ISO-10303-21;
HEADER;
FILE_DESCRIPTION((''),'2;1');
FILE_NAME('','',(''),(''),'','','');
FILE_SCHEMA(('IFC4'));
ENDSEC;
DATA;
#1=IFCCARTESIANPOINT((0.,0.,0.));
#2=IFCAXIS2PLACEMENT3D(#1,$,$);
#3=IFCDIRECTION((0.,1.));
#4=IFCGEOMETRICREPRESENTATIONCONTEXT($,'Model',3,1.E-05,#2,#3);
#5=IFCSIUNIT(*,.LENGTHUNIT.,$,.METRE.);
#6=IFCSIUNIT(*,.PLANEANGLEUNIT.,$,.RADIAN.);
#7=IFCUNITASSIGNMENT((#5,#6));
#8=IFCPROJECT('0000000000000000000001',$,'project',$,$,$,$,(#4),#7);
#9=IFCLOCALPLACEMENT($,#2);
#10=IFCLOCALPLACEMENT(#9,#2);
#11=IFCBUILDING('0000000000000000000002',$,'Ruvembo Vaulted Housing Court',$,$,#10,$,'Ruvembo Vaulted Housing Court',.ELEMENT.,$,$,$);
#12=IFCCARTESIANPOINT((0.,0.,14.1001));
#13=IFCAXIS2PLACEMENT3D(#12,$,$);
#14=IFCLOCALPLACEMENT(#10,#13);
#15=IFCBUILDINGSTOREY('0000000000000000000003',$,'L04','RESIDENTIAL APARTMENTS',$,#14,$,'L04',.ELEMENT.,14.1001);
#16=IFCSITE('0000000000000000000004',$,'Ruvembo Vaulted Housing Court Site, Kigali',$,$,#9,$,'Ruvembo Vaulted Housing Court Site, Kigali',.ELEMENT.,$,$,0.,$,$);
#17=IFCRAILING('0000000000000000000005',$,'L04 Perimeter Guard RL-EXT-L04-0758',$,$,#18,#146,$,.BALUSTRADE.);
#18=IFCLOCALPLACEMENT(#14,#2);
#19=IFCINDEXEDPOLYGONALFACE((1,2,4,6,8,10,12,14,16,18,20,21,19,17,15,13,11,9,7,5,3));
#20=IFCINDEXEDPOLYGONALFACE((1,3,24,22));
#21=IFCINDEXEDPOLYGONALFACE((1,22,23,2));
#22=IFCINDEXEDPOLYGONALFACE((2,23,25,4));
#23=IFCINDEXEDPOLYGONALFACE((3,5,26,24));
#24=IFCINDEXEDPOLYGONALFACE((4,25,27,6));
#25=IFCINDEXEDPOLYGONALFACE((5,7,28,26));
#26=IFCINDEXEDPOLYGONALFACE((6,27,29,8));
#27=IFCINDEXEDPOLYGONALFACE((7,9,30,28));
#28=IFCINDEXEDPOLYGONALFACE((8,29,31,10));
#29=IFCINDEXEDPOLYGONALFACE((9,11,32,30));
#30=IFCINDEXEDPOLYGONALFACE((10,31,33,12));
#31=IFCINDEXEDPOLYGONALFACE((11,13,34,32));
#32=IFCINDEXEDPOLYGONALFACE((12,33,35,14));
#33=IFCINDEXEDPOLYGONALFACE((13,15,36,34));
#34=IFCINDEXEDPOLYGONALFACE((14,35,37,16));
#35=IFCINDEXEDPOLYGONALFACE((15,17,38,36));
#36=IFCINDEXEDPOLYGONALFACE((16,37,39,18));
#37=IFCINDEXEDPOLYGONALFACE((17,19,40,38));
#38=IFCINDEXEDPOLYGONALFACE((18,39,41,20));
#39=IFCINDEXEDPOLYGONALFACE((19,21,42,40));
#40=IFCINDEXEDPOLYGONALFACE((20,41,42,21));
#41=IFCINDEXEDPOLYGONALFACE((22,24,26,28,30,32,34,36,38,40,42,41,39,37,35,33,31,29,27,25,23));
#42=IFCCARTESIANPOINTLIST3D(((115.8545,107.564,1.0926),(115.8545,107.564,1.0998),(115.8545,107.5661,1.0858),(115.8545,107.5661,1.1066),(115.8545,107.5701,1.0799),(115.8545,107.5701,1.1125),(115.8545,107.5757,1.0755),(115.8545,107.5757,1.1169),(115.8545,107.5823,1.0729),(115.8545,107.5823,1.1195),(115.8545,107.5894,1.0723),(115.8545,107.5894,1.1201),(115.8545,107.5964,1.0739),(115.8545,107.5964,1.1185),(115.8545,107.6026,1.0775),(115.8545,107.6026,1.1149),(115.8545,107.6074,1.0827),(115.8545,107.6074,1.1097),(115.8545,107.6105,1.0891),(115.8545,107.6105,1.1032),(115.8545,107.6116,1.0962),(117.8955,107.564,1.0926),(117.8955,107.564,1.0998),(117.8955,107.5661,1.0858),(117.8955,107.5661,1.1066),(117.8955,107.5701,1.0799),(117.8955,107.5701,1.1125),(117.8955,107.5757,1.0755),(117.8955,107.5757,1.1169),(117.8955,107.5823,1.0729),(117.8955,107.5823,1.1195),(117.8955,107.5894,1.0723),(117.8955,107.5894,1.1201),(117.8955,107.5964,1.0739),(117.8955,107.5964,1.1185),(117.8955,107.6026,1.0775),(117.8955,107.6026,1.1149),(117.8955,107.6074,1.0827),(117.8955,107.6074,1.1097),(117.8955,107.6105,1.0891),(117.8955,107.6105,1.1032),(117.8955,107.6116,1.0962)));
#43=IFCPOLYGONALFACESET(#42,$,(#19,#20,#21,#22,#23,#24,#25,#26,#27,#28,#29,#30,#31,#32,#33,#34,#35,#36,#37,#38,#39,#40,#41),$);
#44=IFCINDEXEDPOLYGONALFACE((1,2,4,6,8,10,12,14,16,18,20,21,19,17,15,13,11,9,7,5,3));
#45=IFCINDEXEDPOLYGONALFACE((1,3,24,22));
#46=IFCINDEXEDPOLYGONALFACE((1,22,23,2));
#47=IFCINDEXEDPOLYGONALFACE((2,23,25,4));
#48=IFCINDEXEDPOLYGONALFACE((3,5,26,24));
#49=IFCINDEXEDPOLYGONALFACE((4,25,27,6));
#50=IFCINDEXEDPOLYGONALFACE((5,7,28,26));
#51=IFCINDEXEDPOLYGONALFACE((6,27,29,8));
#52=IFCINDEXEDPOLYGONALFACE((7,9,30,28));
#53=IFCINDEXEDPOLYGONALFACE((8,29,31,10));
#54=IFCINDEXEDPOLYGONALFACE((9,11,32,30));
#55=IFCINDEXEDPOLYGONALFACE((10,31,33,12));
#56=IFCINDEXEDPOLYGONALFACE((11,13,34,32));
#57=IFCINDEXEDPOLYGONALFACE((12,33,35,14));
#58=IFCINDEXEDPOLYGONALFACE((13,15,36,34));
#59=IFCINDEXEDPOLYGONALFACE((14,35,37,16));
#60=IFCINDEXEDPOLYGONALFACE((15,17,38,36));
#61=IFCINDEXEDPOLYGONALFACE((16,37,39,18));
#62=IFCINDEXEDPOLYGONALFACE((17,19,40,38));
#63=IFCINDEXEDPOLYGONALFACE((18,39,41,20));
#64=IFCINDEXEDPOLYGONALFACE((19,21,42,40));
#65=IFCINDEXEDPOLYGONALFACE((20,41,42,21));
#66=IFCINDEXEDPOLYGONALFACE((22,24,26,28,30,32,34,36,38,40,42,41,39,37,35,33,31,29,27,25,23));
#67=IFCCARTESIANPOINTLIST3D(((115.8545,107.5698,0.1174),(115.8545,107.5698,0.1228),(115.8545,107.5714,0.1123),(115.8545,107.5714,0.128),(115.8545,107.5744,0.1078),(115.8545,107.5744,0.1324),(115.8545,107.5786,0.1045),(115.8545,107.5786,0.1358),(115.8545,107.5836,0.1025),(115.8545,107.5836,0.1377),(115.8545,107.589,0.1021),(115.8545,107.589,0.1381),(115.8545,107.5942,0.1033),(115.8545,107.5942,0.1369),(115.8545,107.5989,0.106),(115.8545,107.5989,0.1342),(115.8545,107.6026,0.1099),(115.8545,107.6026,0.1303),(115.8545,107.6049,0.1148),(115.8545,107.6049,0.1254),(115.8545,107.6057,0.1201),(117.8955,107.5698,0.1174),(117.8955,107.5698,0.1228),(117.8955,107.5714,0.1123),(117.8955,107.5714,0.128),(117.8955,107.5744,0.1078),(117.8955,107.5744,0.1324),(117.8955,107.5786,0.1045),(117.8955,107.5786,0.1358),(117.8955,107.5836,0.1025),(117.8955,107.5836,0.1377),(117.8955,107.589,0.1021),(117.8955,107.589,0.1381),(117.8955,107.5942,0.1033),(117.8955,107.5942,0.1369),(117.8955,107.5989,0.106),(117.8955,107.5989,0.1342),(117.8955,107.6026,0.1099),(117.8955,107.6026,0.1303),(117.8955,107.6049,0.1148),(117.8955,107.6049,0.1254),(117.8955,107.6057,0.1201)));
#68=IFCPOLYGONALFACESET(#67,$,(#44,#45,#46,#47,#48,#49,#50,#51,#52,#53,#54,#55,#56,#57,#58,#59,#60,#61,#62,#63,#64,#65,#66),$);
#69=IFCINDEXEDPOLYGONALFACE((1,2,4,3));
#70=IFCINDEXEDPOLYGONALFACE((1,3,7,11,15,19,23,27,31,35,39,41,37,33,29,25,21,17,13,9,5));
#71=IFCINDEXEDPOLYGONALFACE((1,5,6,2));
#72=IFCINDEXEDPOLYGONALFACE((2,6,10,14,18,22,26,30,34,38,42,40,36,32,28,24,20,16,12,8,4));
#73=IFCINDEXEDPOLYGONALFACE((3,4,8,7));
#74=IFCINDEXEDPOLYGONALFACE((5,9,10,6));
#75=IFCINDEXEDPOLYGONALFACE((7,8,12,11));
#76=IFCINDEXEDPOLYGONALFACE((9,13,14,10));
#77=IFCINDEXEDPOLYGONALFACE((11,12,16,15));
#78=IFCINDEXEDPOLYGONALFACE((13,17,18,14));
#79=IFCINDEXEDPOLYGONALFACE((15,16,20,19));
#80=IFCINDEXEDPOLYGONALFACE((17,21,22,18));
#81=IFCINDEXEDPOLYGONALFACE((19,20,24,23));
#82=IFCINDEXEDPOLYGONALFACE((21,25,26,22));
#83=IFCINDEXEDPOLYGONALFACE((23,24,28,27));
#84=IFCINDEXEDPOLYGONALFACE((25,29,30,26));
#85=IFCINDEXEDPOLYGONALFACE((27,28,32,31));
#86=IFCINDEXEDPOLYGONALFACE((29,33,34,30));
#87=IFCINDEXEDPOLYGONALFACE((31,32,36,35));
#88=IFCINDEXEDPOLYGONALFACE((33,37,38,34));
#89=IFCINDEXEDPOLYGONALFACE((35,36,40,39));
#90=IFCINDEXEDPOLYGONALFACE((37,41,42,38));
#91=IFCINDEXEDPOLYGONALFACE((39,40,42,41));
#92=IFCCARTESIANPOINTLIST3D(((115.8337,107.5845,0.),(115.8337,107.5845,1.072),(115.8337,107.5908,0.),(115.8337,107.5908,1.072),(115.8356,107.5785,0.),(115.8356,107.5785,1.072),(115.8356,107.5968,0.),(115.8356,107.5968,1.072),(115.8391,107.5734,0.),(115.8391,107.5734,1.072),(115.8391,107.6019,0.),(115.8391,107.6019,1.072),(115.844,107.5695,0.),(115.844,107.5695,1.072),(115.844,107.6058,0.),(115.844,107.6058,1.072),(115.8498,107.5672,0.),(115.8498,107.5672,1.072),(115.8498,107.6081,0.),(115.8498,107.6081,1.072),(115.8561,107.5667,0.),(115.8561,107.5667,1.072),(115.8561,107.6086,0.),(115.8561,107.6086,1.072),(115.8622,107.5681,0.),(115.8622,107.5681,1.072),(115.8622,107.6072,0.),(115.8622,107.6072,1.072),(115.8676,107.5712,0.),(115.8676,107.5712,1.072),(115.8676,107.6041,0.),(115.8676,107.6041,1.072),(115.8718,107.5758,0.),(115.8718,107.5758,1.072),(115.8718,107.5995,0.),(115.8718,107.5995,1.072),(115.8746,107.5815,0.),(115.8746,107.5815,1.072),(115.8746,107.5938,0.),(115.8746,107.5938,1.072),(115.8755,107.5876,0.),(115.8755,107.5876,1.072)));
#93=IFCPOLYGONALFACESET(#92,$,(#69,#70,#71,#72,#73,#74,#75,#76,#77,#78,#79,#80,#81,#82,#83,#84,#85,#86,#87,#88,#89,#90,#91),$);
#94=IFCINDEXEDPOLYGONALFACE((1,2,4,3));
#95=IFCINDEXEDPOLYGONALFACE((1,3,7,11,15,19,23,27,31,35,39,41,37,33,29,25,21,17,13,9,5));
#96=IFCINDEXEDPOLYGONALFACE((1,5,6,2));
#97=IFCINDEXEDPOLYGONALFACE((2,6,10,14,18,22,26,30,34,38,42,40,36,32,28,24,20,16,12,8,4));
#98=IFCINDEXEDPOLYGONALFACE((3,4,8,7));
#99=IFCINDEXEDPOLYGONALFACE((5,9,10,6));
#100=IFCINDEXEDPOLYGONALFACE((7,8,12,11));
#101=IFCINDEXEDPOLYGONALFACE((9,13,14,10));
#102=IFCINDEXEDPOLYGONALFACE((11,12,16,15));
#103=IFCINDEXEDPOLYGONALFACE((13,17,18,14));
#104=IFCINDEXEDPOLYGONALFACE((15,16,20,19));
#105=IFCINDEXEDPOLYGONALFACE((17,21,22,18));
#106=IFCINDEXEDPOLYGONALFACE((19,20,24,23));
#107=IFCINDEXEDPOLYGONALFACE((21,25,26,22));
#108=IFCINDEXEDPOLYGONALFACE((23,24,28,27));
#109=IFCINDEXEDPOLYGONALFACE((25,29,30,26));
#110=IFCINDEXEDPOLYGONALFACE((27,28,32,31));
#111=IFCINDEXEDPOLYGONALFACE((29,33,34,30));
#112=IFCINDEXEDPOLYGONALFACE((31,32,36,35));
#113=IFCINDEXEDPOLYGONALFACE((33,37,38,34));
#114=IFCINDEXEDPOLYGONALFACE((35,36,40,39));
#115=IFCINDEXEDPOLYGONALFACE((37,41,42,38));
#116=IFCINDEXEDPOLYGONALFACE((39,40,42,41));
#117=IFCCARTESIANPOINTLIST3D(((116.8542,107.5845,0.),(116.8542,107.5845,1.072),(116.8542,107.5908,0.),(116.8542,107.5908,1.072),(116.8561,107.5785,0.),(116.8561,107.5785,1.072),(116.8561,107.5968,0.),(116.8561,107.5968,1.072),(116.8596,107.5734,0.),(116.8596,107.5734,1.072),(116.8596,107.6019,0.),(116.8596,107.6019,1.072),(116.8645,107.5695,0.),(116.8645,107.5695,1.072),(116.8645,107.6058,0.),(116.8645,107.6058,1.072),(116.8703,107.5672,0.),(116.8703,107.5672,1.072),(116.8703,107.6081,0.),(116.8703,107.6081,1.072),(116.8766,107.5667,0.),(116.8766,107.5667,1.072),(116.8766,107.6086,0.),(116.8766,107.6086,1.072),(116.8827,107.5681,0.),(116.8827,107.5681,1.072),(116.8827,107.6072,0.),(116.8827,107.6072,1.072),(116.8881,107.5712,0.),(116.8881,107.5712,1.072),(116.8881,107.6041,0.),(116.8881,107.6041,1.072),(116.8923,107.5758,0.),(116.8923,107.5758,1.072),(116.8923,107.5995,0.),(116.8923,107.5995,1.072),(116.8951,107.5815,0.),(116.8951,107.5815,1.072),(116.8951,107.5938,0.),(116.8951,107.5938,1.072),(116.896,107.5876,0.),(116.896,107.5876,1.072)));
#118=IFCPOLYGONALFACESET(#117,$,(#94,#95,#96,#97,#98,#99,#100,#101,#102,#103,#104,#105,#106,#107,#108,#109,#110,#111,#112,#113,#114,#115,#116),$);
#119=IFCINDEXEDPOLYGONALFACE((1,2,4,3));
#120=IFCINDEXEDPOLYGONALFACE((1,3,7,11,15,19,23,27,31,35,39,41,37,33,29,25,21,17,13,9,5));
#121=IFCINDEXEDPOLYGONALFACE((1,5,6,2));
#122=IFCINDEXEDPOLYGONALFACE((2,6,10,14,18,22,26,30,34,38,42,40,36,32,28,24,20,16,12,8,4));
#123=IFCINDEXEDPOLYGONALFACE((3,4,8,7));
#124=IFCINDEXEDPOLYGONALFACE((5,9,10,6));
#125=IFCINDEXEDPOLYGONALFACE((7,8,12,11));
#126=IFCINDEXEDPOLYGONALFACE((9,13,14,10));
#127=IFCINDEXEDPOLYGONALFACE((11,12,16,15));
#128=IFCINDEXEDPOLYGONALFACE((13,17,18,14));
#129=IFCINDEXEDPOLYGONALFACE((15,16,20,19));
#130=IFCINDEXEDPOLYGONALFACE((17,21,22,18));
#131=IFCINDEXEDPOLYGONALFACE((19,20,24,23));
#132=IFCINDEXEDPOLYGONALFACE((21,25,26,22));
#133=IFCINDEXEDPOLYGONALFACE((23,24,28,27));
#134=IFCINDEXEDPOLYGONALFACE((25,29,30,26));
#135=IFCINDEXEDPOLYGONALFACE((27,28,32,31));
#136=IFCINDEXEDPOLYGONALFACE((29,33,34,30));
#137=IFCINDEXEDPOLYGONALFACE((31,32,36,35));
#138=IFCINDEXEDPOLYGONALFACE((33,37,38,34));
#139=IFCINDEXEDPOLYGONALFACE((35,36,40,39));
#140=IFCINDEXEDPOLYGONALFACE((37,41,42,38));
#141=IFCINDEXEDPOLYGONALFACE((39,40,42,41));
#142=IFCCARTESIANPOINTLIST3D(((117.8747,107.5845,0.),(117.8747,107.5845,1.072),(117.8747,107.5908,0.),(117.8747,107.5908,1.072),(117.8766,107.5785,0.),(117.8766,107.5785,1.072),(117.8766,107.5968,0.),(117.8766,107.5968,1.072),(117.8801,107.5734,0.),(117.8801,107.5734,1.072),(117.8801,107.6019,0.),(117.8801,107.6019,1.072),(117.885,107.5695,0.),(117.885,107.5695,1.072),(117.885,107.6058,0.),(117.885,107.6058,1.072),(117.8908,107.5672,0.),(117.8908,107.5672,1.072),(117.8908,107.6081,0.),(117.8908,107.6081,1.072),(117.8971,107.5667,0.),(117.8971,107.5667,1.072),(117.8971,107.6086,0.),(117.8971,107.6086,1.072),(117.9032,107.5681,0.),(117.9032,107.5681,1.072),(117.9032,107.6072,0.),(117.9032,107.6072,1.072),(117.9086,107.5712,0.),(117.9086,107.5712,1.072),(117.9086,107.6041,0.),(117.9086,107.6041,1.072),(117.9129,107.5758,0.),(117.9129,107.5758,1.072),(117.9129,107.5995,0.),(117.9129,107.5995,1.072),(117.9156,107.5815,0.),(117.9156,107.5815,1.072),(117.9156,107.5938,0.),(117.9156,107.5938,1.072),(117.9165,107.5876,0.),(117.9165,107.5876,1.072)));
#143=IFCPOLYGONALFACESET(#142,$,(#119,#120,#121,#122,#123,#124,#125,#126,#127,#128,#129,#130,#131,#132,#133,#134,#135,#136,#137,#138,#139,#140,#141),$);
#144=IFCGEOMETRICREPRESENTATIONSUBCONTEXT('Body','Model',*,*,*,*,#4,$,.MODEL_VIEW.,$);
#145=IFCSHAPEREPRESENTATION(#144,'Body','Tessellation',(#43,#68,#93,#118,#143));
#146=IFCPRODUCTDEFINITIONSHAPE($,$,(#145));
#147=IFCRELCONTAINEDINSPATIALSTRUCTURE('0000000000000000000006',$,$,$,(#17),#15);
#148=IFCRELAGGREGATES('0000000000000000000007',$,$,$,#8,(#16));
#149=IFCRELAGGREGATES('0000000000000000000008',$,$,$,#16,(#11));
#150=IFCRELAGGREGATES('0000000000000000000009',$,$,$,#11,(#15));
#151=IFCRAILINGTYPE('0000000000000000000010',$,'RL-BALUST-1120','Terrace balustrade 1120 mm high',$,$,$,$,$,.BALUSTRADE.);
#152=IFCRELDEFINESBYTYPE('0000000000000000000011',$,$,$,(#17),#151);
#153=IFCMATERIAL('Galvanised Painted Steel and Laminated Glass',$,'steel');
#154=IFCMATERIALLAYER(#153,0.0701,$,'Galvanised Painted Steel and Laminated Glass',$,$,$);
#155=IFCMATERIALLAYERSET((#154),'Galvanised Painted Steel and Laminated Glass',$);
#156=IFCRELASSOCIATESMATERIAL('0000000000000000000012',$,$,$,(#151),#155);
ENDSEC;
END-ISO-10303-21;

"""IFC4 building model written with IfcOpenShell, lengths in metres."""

from ifc_helpers import new_model, si_unit, direction, frame, origin, origin_2d, place, context, subcontext, project, spatial, circle, extrude, material, layer, layer_set, type_object, element, save


model = new_model("IFC4")

# Units and contexts
model_context = context("Model", 3, precision=1e-05, world=origin(), true_north=direction((0.0, 1.0)))
body_context = subcontext(model_context, "Body", "Model", "MODEL_VIEW")
ifc_project = project(units=[si_unit("LENGTHUNIT", "METRE"), si_unit("PLANEANGLEUNIT", "RADIAN")], contexts=[model_context])

# Site, building, storey
site_placement = place(None, origin())
site = spatial("IfcSite", under=ifc_project, at=site_placement, Name="Ruvembo Vaulted Housing Court Site, Kigali", LongName="Ruvembo Vaulted Housing Court Site, Kigali", CompositionType="ELEMENT", RefElevation=0.0)
building_placement = place(site_placement, origin())
building = spatial("IfcBuilding", under=site, at=building_placement, Name="Ruvembo Vaulted Housing Court", LongName="Ruvembo Vaulted Housing Court", CompositionType="ELEMENT")
storey_placement = place(building_placement, frame((0.0, 0.0, 14.1001)))
storey = spatial("IfcBuildingStorey", under=building, at=storey_placement, Name="L04", Description="RESIDENTIAL APARTMENTS", LongName="L04", CompositionType="ELEMENT", Elevation=14.1001)

# Railing
ifc_material_1 = material(Name="Galvanised Painted Steel and Laminated Glass", Category="steel")
ifc_layer_1 = layer(ifc_material_1, 0.0701, Name="Galvanised Painted Steel and Laminated Glass")
ifc_layer_set_1 = layer_set([ifc_layer_1], Name="Galvanised Painted Steel and Laminated Glass")
railing_type = type_object("IfcRailingType", Name="RL-BALUST-1120", Description="Terrace balustrade 1120 mm high", PredefinedType="BALUSTRADE", material=ifc_layer_set_1)
railing_1_placement = place(storey_placement, frame((115.8545, 107.5876, 0.0)))
element("IfcRailing", 1, at=railing_1_placement, inside=storey, type_object=railing_type, Name="L04 Perimeter Guard RL-EXT-L04-0758", PredefinedType="BALUSTRADE", context=body_context, shape_type="SweptSolid", body=[
    extrude(circle(Radius=0.0239, at=origin_2d()), frame((0.0, 0.0, 1.0962), z_axis=(1.0, 0.0, 0.0), x_axis=(0.0, 1.0, 0.0)), (0.0, 0.0, 1.0), 2.041),
    extrude(circle(Radius=0.0181, at=origin_2d()), frame((0.0, 0.0, 0.1201), z_axis=(1.0, 0.0, 0.0), x_axis=(0.0, 1.0, 0.0)), (0.0, 0.0, 1.0), 2.041),
    extrude(circle(Radius=0.021, at=origin_2d()), origin(), (0.0, 0.0, 1.0), 1.072),
    extrude(circle(Radius=0.021, at=origin_2d()), frame((1.0205, 0.0, 0.0)), (0.0, 0.0, 1.0), 1.072),
    extrude(circle(Radius=0.021, at=origin_2d()), frame((2.041, 0.0, 0.0)), (0.0, 0.0, 1.0), 1.072),
])

save(model, "model.ifc")
